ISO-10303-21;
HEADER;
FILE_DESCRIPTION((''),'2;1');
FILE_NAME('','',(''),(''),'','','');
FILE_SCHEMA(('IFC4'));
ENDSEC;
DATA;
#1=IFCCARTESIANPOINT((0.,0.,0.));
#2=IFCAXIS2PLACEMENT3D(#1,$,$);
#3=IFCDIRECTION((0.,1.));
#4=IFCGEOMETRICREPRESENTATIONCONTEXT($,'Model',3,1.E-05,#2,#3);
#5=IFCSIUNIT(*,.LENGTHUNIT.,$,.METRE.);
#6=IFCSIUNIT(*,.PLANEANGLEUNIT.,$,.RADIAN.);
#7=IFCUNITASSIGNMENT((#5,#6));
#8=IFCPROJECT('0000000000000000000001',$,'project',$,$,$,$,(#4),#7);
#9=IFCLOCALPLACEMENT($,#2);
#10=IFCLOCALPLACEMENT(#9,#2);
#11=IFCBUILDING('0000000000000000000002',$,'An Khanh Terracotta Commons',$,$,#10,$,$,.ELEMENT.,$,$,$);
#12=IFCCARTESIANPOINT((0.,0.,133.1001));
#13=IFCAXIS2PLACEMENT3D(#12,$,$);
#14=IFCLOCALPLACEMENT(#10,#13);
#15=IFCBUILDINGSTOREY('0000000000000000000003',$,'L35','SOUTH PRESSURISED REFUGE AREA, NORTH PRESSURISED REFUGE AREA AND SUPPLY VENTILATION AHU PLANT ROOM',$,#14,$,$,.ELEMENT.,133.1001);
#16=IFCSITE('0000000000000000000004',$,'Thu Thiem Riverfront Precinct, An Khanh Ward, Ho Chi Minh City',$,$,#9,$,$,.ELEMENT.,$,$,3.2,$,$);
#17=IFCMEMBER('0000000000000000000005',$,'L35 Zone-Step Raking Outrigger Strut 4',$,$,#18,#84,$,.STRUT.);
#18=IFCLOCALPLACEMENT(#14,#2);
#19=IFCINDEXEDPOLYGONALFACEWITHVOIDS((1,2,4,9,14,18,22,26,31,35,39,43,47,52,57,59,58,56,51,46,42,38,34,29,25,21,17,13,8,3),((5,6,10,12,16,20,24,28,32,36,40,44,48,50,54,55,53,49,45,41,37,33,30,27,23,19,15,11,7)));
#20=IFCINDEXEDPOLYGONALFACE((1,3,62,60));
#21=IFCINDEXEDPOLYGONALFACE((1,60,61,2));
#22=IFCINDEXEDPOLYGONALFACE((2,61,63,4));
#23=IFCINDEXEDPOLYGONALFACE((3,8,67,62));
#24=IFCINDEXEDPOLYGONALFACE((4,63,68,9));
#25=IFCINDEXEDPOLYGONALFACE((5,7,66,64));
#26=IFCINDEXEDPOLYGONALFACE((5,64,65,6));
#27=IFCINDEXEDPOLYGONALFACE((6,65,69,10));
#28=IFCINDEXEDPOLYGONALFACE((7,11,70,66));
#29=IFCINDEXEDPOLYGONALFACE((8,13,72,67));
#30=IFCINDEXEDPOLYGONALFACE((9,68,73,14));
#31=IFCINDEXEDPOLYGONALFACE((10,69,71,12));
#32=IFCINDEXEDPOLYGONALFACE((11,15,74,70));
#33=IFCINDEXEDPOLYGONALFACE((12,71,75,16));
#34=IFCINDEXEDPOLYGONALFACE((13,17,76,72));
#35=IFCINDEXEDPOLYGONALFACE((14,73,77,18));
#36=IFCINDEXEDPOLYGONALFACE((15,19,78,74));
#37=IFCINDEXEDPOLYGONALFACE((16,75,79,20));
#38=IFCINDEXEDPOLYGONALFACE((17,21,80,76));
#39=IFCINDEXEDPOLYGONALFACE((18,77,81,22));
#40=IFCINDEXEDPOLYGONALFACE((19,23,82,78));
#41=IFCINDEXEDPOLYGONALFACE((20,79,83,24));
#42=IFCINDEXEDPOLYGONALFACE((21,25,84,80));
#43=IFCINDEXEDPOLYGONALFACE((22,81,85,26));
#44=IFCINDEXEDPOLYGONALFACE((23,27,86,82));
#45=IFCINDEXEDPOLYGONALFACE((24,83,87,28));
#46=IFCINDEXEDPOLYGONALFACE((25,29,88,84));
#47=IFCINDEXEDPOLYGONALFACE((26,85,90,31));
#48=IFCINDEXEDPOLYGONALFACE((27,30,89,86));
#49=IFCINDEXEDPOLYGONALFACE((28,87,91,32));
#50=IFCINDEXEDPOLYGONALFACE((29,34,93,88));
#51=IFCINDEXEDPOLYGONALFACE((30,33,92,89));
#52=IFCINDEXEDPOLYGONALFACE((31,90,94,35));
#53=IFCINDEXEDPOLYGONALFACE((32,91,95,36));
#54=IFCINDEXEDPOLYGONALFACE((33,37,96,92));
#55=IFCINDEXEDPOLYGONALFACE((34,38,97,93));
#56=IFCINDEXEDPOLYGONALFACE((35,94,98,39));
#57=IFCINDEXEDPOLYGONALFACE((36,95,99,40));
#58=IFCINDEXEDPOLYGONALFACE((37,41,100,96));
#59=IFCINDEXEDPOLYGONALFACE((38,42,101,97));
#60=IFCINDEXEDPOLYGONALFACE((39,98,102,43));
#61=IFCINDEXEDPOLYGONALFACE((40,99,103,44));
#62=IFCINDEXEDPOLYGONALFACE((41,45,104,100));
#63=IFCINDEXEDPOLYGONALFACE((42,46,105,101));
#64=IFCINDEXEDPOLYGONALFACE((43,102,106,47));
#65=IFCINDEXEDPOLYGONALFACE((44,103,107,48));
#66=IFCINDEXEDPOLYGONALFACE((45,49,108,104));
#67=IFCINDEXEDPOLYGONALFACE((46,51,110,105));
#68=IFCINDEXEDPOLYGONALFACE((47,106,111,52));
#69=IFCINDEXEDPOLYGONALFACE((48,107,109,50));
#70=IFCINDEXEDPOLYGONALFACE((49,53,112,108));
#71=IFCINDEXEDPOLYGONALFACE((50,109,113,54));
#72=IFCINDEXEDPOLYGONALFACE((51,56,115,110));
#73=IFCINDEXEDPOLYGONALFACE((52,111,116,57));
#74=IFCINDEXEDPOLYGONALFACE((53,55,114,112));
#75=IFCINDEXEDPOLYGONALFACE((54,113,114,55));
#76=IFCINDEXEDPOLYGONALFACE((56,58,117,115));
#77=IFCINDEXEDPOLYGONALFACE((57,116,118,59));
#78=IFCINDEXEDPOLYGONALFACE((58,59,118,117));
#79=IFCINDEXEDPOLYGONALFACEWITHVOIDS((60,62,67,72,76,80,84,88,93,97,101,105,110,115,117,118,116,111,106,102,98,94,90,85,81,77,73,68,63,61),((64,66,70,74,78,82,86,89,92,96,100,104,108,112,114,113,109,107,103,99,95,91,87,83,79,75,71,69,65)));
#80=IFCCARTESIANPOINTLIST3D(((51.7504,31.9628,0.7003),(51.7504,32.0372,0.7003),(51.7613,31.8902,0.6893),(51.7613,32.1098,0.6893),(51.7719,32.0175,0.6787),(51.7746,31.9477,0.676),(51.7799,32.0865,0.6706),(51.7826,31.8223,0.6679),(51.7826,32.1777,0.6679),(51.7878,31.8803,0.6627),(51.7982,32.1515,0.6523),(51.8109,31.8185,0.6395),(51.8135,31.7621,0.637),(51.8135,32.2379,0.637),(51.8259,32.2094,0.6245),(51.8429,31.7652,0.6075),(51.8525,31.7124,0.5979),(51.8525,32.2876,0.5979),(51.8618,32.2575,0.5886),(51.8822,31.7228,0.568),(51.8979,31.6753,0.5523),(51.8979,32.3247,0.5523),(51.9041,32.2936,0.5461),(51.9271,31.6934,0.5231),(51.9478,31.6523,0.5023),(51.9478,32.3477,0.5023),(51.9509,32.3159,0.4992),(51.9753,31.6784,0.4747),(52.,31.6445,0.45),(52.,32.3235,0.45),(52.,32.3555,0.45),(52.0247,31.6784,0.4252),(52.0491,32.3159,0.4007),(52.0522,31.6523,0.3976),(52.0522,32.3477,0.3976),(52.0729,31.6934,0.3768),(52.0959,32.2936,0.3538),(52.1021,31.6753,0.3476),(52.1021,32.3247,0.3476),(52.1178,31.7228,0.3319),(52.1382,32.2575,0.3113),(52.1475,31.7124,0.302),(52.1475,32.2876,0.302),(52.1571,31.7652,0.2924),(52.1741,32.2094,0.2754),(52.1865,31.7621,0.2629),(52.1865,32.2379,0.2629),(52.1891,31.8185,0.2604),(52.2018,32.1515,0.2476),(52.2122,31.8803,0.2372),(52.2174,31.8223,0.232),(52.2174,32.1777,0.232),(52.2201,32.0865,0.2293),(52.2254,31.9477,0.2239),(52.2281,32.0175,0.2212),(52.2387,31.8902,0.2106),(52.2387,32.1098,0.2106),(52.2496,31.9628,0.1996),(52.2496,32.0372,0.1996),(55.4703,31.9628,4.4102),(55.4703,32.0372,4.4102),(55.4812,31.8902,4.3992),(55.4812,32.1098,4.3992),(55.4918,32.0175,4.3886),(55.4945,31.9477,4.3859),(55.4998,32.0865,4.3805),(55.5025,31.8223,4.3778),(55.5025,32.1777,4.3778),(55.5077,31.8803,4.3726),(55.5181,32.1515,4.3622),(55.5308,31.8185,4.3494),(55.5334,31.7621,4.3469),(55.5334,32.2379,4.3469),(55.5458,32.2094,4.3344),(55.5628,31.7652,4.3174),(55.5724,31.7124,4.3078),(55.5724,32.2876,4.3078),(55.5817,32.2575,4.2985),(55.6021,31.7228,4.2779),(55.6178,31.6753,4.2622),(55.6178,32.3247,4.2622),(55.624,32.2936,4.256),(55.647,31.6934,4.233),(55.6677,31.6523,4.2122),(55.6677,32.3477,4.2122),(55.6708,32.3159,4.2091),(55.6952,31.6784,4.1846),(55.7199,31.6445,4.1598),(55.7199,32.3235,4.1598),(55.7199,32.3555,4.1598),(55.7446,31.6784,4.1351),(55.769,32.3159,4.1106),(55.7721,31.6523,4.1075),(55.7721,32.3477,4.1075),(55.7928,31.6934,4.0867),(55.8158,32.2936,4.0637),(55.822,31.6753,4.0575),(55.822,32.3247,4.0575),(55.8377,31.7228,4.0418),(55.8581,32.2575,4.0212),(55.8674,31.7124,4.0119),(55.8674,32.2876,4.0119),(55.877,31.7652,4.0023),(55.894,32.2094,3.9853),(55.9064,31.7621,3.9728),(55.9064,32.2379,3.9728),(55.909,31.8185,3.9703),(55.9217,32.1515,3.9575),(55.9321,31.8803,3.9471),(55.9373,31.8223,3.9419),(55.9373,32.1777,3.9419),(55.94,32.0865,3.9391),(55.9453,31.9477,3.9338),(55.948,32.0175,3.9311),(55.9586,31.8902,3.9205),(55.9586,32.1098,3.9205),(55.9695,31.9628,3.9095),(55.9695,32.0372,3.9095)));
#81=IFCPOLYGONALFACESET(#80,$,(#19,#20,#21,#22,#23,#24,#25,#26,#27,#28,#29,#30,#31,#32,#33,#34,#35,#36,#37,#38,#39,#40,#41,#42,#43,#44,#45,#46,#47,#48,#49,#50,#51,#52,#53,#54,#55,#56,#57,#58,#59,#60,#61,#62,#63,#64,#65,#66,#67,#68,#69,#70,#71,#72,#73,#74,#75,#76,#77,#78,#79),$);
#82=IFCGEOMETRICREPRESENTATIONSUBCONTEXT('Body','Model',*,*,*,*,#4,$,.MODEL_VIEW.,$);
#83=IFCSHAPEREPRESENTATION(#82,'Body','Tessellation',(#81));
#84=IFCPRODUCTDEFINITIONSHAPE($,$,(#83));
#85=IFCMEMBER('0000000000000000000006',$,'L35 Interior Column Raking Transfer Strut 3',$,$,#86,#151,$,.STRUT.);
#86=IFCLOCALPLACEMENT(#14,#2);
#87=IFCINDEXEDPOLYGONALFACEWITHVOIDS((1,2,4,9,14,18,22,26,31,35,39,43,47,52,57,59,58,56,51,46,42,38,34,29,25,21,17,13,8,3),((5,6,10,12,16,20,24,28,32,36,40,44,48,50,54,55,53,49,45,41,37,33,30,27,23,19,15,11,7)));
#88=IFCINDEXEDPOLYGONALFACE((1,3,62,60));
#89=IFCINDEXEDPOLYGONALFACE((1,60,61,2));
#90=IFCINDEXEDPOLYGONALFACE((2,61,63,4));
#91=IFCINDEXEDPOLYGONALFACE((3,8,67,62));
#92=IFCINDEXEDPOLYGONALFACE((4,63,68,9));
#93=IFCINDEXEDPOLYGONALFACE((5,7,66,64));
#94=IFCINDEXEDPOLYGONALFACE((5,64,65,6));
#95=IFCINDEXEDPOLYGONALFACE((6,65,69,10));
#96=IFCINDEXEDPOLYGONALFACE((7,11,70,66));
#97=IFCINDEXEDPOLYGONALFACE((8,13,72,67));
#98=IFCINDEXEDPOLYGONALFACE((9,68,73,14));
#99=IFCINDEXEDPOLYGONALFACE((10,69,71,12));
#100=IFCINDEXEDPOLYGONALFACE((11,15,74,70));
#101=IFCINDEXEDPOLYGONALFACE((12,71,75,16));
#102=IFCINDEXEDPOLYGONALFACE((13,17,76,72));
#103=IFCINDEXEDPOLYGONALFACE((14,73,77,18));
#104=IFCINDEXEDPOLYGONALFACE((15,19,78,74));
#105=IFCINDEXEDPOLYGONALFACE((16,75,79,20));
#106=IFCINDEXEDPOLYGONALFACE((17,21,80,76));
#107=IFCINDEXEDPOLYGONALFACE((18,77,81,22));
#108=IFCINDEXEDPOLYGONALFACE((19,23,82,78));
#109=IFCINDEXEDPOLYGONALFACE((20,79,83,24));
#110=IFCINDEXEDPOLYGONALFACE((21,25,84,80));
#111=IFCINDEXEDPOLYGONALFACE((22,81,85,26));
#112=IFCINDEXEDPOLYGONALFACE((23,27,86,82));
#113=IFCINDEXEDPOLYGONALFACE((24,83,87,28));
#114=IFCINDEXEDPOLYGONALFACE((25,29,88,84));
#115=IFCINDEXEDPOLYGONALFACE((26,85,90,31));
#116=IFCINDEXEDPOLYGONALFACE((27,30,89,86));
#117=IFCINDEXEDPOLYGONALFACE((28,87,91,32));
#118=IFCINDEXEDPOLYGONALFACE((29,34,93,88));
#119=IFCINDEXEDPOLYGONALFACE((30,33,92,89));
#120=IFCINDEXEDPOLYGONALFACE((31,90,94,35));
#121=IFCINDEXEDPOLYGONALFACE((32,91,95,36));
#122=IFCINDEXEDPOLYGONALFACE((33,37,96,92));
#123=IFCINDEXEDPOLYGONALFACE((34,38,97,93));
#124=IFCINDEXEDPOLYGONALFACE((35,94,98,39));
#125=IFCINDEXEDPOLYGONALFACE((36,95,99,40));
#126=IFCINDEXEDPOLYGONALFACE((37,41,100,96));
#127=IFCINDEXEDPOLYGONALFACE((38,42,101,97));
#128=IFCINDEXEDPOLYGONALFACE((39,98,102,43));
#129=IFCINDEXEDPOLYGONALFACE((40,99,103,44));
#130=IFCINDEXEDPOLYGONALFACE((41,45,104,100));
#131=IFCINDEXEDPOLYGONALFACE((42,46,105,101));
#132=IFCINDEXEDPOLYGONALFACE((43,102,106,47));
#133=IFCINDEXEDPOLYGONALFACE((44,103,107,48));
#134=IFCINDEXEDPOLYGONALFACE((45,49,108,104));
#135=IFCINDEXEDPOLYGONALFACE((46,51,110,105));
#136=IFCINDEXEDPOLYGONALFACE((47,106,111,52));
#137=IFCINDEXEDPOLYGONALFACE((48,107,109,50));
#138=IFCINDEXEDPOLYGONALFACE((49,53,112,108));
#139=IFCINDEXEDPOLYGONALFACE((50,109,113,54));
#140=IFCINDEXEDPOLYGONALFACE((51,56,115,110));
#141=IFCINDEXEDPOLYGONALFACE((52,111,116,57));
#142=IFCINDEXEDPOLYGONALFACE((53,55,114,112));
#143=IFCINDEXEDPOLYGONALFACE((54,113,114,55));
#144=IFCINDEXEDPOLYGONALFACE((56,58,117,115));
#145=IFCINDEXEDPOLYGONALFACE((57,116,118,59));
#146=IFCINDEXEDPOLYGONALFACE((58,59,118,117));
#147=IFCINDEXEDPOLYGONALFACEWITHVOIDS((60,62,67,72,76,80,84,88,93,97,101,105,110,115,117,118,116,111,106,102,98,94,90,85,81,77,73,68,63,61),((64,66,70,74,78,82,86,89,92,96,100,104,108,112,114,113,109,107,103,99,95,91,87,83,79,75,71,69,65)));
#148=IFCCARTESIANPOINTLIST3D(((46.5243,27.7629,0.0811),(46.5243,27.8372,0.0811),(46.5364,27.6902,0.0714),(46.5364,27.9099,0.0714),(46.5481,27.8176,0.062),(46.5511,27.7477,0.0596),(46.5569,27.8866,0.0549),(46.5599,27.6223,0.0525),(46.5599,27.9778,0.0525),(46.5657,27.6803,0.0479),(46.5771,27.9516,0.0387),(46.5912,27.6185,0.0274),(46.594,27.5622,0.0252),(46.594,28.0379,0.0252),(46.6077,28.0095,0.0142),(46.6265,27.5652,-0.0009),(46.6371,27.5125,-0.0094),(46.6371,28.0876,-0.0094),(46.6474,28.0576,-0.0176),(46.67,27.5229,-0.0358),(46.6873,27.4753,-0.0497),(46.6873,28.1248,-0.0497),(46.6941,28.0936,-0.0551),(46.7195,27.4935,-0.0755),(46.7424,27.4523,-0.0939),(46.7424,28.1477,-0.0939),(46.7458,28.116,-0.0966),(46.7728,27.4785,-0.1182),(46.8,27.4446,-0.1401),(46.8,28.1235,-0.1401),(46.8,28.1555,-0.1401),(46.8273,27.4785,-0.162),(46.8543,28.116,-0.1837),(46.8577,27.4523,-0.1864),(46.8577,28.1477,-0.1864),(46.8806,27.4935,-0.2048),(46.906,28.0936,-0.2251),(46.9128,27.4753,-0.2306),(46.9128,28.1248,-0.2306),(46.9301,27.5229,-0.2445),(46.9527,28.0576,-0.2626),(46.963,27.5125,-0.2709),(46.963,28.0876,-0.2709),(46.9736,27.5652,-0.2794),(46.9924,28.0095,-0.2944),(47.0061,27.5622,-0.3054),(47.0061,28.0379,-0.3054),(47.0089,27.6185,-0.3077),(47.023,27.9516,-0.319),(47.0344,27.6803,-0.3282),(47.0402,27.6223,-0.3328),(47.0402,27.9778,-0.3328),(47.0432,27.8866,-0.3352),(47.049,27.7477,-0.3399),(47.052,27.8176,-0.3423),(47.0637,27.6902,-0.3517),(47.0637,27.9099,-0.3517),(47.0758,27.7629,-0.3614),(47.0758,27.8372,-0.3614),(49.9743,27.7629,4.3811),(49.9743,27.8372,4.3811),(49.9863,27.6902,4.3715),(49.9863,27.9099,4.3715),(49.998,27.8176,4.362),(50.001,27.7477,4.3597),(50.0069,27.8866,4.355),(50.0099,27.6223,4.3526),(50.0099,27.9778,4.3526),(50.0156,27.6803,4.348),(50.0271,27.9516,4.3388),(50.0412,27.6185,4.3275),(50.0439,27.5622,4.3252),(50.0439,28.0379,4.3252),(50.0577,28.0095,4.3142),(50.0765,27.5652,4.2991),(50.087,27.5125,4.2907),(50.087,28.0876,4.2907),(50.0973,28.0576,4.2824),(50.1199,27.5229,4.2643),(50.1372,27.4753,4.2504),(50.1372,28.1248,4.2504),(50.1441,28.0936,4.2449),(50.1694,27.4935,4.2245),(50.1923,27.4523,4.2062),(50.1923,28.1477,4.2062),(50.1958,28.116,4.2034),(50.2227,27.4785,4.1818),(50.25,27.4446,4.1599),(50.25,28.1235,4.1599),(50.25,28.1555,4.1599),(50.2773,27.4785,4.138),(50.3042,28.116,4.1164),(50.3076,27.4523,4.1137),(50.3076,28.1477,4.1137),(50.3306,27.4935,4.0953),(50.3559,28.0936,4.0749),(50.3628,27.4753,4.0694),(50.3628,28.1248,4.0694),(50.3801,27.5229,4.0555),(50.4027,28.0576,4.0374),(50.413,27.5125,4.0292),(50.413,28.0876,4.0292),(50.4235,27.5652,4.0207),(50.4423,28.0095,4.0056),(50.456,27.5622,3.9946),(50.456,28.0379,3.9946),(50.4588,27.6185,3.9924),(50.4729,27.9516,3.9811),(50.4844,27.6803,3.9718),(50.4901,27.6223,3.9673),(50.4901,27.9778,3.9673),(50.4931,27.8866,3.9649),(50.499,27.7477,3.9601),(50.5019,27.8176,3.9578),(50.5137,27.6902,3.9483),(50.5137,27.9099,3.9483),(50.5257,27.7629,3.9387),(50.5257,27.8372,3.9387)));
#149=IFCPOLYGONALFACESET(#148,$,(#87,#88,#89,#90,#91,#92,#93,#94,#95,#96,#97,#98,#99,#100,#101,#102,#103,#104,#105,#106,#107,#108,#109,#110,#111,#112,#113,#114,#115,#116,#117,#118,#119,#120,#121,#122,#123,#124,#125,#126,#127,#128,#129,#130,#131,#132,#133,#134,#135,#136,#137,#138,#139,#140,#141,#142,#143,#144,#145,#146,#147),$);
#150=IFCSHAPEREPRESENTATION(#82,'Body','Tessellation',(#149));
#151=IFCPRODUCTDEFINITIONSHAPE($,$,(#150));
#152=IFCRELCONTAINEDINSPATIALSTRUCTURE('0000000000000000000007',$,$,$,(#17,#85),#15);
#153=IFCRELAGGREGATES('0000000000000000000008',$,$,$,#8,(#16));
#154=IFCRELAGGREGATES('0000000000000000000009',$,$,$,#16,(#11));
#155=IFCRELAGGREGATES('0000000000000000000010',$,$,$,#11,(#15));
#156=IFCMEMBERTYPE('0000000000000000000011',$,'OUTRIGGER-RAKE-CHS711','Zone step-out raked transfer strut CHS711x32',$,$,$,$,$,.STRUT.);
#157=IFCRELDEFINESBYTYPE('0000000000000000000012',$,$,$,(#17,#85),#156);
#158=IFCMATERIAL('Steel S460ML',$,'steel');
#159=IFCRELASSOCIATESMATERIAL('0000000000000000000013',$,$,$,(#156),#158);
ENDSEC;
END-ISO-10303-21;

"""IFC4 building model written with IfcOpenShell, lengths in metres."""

from ifc_helpers import new_model, si_unit, direction, frame, origin, origin_2d, place, context, subcontext, project, spatial, hollow_circle, extrude, material, material_profile, profile_set, type_object, element, save


model = new_model("IFC4")

# Units and contexts
model_context = context("Model", 3, precision=1e-05, world=origin(), true_north=direction((0.0, 1.0)))
body_context = subcontext(model_context, "Body", "Model", "MODEL_VIEW")
ifc_project = project(units=[si_unit("LENGTHUNIT", "METRE"), si_unit("PLANEANGLEUNIT", "RADIAN")], contexts=[model_context])

# Site, building, storey
site_placement = place(None, origin())
site = spatial("IfcSite", under=ifc_project, at=site_placement, Name="Thu Thiem Riverfront Precinct, An Khanh Ward, Ho Chi Minh City", CompositionType="ELEMENT", RefElevation=3.2)
building_placement = place(site_placement, origin())
building = spatial("IfcBuilding", under=site, at=building_placement, Name="An Khanh Terracotta Commons", CompositionType="ELEMENT")
storey_placement = place(building_placement, frame((0.0, 0.0, 133.1001)))
storey = spatial("IfcBuildingStorey", under=building, at=storey_placement, Name="L35", Description="SOUTH PRESSURISED REFUGE AREA, NORTH PRESSURISED REFUGE AREA AND SUPPLY VENTILATION AHU PLANT ROOM", CompositionType="ELEMENT", Elevation=133.1001)

# Shared definitions
ifc_material_1 = material(Name="Steel S460ML", Category="steel")

# Members
ifc_material_profile_1 = material_profile(ifc_material_1, hollow_circle(Radius=0.3555, WallThickness=0.032, at=origin_2d()), Name="CHS711x32")
ifc_profile_set_1 = profile_set([ifc_material_profile_1], Name="Steel S460ML")
member_type_1 = type_object("IfcMemberType", Name="OUTRIGGER-RAKE-CHS711", Description="Zone step-out raked transfer strut CHS711x32", PredefinedType="STRUT", material=ifc_profile_set_1)
member_1_placement = place(storey_placement, frame((52.0, 32.0, 0.45), z_axis=(0.708059, 0.0, 0.706154), x_axis=(0.0, 1.0, 0.0)))
element("IfcMember", 1, at=member_1_placement, inside=storey, type_object=member_type_1, Name="L35 Zone-Step Raking Outrigger Strut 4", PredefinedType="STRUT", context=body_context, shape_type="SweptSolid", body=[
    extrude(hollow_circle(Radius=0.3555, WallThickness=0.032, at=origin_2d()), origin(), (0.0, 0.0, 1.0), 5.2537),
])
for number, where, z_axis, x_axis, name in (
    (2, (46.8, 27.8, -0.1401), (0.625791, 0.0, 0.779991), (0.0, 1.0, 0.0), "L35 Interior Column Raking Transfer Strut 3"),
):
    element("IfcMember", number, at=place(storey_placement, frame(where, z_axis=z_axis, x_axis=x_axis)), inside=storey, type_object=member_type_1, Name=name, PredefinedType="STRUT", context=body_context, shape_type="SweptSolid", body=[
        extrude(hollow_circle(Radius=0.3555, WallThickness=0.032, at=origin_2d()), origin(), (0.0, 0.0, 1.0), 5.5129),
    ])

save(model, "model.ifc")
